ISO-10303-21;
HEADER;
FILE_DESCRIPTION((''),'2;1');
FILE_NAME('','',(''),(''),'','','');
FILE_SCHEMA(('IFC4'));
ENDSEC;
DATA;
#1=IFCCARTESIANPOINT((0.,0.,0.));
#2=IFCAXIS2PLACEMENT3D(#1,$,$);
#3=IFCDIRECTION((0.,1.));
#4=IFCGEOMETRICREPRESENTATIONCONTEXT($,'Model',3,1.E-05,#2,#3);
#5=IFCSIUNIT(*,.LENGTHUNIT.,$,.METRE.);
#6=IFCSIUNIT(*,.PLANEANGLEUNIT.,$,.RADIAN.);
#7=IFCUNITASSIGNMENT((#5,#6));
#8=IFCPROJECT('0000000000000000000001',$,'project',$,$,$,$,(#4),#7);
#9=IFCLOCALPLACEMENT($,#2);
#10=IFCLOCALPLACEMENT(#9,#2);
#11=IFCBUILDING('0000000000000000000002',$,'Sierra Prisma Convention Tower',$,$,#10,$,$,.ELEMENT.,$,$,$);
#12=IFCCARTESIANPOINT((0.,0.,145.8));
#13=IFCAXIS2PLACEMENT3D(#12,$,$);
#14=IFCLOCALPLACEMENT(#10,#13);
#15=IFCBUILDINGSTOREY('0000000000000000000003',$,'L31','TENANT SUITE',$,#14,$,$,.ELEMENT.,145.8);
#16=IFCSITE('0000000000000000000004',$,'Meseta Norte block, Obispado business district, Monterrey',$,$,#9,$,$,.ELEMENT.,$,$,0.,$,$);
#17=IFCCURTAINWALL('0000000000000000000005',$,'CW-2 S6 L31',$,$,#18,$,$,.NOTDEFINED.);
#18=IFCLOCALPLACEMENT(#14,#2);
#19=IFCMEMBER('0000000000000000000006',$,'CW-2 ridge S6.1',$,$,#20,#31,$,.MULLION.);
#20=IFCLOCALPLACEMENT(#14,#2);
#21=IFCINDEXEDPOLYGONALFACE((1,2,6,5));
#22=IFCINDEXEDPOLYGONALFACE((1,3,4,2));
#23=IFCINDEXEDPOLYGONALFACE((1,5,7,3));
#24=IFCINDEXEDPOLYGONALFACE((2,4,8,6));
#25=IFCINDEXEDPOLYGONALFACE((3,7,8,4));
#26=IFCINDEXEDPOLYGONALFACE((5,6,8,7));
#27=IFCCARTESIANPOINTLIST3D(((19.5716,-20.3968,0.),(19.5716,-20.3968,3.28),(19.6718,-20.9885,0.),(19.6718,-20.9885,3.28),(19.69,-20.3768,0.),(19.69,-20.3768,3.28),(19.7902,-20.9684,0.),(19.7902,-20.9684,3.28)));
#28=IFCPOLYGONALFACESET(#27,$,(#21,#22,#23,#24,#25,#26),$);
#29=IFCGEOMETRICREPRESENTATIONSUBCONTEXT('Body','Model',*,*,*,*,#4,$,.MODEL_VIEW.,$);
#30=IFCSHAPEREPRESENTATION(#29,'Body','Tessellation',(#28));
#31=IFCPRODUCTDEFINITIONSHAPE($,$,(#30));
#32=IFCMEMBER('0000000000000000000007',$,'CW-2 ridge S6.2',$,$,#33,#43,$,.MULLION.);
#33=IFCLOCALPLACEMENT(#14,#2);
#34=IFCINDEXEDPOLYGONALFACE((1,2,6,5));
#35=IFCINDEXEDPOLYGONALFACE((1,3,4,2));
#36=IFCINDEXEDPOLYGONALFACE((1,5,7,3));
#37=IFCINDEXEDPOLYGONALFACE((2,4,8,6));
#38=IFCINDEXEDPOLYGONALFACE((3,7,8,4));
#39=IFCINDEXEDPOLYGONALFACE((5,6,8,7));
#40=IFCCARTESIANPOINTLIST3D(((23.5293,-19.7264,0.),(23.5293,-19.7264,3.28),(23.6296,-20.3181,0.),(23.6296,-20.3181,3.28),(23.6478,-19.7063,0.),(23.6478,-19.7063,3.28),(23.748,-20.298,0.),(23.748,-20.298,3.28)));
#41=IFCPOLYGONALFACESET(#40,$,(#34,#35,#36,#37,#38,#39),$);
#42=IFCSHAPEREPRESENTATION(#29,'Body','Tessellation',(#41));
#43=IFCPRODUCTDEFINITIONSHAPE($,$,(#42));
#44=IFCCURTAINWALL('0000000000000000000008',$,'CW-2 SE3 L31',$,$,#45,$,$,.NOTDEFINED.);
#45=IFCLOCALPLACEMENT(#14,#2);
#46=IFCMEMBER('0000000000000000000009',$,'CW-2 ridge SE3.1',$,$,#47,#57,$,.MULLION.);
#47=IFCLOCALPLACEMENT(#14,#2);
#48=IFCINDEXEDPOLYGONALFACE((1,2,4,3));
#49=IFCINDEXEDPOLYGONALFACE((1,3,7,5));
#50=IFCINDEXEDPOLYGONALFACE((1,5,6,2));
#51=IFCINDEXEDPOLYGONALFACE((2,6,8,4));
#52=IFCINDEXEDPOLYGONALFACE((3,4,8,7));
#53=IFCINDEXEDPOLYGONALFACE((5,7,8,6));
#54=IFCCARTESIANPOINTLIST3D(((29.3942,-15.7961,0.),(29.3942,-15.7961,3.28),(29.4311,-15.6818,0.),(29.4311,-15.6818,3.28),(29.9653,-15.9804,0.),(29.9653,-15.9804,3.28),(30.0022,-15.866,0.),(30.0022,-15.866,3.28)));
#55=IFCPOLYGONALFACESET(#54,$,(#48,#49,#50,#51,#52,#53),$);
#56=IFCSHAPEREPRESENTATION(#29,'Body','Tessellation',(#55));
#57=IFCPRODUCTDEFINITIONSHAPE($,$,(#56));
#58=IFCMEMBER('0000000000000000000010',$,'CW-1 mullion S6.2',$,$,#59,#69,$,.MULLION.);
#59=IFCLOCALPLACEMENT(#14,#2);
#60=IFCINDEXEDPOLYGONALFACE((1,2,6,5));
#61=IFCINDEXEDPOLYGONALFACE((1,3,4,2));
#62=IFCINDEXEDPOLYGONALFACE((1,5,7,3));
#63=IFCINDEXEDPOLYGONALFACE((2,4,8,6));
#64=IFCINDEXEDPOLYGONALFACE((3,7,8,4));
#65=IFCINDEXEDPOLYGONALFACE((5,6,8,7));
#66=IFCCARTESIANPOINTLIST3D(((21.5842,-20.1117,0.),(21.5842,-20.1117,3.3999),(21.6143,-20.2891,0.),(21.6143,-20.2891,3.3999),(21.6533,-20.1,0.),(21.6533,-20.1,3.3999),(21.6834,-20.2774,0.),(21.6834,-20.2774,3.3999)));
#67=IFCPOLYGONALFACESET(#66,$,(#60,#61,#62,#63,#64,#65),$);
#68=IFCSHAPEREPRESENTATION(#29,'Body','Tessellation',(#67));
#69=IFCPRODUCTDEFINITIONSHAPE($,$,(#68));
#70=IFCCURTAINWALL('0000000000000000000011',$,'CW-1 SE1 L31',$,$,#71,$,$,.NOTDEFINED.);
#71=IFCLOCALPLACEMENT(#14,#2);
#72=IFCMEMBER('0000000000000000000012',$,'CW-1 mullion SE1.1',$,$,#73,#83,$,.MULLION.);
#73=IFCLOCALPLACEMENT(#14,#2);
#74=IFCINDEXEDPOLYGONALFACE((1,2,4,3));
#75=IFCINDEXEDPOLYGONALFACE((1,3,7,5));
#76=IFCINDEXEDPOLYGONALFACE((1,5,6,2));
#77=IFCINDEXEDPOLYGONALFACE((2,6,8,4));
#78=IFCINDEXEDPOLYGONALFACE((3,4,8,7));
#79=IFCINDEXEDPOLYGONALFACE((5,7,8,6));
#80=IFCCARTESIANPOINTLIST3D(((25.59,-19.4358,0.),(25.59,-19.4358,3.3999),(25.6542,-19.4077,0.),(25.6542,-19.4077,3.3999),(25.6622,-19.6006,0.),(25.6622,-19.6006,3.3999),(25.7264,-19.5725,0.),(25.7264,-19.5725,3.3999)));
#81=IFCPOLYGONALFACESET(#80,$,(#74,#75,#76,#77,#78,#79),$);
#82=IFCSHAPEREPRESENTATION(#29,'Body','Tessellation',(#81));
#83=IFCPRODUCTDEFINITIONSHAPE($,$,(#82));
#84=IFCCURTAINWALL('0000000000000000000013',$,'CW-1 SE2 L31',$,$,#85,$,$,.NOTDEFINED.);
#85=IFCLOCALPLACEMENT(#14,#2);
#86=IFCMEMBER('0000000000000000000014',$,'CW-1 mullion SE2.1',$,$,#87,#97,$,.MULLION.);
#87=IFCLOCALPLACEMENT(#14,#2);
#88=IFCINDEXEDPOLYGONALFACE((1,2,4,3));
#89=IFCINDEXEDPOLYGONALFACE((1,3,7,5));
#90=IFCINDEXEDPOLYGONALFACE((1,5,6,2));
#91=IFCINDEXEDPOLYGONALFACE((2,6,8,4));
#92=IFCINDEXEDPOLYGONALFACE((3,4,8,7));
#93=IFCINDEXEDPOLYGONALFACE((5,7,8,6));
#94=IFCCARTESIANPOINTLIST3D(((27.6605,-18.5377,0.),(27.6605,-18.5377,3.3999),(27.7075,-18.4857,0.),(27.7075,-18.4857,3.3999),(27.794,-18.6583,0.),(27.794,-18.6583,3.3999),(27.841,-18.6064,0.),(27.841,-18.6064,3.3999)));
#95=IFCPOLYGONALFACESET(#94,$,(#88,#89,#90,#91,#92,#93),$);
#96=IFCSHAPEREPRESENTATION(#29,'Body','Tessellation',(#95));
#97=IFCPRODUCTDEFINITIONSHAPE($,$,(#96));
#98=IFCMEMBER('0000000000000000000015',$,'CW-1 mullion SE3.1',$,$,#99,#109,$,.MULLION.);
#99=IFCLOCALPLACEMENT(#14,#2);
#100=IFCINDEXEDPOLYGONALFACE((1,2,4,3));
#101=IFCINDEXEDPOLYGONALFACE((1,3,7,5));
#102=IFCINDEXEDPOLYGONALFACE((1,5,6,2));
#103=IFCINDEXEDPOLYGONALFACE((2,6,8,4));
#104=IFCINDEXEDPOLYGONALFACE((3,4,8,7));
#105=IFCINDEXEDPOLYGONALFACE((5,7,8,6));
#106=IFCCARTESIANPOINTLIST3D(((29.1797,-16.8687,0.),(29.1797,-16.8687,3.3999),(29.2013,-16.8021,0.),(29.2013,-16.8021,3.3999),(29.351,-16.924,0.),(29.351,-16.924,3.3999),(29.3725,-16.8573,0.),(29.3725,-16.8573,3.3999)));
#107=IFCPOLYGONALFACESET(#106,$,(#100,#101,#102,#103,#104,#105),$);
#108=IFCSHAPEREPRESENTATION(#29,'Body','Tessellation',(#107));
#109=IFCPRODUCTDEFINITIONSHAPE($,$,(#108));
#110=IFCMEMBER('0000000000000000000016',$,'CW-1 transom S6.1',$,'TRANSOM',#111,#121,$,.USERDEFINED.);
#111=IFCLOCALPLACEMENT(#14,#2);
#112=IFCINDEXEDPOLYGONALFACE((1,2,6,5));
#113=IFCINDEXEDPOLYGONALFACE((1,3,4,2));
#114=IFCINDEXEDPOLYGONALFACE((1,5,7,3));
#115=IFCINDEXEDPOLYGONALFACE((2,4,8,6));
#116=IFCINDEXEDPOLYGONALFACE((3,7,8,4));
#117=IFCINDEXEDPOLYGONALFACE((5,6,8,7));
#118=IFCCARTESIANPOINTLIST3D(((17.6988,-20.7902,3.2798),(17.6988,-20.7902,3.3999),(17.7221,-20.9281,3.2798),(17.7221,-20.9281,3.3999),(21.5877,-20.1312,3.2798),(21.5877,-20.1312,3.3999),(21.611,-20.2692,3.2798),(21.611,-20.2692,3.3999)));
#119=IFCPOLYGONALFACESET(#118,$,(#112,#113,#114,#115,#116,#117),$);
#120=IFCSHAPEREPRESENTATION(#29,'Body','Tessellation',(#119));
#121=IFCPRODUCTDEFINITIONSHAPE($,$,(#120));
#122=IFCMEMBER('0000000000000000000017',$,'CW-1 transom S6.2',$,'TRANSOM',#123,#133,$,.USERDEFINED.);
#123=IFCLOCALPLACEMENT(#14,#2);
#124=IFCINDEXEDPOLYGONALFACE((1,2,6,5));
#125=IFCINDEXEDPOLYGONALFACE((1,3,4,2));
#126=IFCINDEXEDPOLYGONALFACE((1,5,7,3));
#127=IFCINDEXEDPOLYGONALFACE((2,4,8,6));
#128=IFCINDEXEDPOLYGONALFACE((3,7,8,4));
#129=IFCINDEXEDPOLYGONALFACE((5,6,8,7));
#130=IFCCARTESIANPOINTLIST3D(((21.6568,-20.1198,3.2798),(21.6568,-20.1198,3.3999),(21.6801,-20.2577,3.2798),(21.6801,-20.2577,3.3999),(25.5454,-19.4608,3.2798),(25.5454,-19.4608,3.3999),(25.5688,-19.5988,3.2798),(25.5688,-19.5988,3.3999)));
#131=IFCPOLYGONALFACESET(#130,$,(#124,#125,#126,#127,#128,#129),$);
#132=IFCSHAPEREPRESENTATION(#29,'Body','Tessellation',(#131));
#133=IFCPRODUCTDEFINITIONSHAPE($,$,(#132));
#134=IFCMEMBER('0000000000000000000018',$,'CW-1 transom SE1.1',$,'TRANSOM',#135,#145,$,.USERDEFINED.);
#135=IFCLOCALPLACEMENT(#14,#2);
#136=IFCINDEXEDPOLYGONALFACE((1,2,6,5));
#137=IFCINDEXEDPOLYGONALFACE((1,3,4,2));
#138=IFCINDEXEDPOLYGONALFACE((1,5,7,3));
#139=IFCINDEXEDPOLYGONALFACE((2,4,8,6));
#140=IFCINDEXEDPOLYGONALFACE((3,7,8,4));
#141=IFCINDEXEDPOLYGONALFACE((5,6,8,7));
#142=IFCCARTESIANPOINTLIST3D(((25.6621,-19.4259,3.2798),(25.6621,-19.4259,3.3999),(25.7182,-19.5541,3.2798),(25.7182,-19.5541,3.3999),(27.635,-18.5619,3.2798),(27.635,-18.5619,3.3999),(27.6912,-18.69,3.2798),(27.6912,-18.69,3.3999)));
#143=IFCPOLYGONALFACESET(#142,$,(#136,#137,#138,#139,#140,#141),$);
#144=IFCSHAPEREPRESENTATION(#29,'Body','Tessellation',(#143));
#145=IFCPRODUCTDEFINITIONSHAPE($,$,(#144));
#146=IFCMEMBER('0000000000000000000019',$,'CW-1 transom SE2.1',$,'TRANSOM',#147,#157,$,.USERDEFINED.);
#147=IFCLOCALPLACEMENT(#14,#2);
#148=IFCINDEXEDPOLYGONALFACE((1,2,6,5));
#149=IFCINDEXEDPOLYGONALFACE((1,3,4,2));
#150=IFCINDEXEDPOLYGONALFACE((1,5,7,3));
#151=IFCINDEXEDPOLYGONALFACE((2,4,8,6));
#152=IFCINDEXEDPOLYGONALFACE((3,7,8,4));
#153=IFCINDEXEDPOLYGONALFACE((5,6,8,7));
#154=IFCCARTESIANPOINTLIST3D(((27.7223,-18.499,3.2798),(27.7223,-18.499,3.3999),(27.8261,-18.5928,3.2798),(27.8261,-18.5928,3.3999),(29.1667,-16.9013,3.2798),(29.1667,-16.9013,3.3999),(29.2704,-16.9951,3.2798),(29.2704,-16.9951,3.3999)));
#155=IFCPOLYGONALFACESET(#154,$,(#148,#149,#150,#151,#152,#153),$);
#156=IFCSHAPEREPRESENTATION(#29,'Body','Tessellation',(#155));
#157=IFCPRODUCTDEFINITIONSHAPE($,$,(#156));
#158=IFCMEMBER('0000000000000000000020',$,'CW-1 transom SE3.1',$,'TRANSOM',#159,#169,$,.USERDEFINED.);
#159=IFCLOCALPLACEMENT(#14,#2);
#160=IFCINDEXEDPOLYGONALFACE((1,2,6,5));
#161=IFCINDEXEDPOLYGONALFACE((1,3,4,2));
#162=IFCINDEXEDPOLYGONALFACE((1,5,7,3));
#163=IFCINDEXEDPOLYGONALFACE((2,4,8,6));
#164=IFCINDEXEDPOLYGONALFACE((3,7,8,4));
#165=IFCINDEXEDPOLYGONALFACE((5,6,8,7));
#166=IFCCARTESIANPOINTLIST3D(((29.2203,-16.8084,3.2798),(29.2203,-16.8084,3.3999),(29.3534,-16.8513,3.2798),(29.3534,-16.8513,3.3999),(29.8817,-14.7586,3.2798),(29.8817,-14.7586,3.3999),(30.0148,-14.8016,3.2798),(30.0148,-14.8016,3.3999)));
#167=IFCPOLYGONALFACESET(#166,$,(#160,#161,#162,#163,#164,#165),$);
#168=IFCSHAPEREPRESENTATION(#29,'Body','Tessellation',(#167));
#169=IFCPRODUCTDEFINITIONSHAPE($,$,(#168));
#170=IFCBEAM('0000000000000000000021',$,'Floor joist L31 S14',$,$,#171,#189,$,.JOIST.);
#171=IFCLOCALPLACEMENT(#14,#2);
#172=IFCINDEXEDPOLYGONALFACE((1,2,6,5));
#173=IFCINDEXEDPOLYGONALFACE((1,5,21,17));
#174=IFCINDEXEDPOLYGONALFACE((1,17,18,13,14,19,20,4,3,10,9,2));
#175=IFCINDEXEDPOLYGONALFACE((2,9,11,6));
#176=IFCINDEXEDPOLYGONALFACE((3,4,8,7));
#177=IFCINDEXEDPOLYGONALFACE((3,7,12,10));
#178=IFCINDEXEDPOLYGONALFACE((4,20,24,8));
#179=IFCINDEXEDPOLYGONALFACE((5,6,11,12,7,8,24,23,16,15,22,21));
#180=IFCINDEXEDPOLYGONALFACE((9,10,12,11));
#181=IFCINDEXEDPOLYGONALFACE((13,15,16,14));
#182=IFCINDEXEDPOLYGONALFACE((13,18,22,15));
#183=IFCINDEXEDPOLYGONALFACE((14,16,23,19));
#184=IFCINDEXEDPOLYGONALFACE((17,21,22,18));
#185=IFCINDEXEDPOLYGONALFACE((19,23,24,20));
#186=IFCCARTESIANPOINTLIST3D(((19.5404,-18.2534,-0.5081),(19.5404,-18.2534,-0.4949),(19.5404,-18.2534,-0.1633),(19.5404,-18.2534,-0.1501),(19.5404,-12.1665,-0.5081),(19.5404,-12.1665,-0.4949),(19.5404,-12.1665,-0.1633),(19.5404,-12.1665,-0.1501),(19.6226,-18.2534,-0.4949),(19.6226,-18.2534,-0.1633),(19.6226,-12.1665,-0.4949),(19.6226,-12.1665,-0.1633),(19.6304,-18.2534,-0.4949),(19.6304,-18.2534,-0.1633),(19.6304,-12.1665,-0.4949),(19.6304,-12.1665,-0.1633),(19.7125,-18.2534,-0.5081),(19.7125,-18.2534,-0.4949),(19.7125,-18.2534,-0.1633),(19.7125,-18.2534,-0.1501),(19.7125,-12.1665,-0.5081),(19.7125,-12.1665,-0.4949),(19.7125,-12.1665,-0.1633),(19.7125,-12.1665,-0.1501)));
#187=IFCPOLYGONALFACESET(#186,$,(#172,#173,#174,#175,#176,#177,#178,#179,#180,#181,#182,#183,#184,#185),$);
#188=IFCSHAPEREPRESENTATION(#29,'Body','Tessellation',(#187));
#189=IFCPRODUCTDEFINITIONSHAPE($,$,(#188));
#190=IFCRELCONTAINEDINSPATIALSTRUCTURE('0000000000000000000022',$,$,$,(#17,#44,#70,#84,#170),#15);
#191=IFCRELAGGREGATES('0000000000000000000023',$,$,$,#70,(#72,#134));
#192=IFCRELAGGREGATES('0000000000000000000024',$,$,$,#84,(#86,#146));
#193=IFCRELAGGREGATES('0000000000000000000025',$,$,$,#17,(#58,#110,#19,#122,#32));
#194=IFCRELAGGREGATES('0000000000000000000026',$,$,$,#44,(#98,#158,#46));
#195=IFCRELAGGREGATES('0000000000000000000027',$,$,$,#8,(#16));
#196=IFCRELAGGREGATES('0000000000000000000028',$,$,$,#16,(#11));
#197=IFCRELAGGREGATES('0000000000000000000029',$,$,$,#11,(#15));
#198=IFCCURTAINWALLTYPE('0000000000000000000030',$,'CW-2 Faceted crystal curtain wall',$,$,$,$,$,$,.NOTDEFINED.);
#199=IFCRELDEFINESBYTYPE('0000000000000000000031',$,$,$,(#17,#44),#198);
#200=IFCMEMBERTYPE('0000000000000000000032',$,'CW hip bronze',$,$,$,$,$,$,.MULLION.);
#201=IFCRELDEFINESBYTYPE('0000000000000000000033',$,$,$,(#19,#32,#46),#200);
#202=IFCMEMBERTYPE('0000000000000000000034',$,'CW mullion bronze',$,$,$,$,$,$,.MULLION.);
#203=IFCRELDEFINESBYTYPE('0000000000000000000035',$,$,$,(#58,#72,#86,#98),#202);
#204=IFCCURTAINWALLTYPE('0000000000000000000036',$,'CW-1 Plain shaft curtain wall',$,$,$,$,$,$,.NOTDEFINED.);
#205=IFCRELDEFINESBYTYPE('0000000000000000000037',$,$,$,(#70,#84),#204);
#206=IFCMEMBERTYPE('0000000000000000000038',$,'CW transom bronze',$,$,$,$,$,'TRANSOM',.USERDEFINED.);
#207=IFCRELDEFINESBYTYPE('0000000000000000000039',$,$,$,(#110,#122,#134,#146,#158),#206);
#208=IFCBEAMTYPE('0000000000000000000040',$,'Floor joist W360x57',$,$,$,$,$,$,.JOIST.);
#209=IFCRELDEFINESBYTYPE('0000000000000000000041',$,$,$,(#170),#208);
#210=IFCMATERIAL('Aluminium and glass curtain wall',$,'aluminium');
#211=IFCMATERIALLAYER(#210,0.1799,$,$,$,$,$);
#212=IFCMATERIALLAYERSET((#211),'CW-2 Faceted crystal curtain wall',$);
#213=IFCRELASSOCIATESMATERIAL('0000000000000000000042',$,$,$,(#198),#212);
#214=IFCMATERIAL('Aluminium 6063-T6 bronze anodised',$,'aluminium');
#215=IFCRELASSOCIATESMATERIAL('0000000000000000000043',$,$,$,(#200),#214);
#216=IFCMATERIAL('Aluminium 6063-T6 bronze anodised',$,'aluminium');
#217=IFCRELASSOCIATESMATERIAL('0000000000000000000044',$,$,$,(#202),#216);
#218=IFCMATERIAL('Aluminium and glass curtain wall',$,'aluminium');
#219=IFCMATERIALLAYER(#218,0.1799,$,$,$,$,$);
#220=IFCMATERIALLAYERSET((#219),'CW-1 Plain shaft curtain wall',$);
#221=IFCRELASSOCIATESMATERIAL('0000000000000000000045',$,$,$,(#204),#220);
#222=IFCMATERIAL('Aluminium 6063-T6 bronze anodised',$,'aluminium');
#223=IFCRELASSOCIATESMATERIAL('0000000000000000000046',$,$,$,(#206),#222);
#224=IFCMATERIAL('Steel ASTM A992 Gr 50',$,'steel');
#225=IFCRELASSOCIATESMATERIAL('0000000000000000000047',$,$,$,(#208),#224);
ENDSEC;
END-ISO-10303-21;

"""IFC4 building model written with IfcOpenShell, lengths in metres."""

from ifc_helpers import new_model, si_unit, direction, frame, origin, origin_2d, place, context, subcontext, project, spatial, rectangle, i_section, extrude, material, layer, layer_set, material_profile, profile_set, type_object, element, aggregate, save


model = new_model("IFC4")

# Units and contexts
model_context = context("Model", 3, precision=1e-05, world=origin(), true_north=direction((0.0, 1.0)))
body_context = subcontext(model_context, "Body", "Model", "MODEL_VIEW")
ifc_project = project(units=[si_unit("LENGTHUNIT", "METRE"), si_unit("PLANEANGLEUNIT", "RADIAN")], contexts=[model_context])

# Site, building, storey
site_placement = place(None, origin())
site = spatial("IfcSite", under=ifc_project, at=site_placement, Name="Meseta Norte block, Obispado business district, Monterrey", CompositionType="ELEMENT", RefElevation=0.0)
building_placement = place(site_placement, origin())
building = spatial("IfcBuilding", under=site, at=building_placement, Name="Sierra Prisma Convention Tower", CompositionType="ELEMENT")
storey_placement = place(building_placement, frame((0.0, 0.0, 145.8)))
storey = spatial("IfcBuildingStorey", under=building, at=storey_placement, Name="L31", Description="TENANT SUITE", CompositionType="ELEMENT", Elevation=145.8)

# Curtain wall, members
ifc_material_1 = material(Name="Aluminium and glass curtain wall", Category="aluminium")
ifc_layer_1 = layer(ifc_material_1, 0.1799)
ifc_layer_set_1 = layer_set([ifc_layer_1], Name="CW-2 Faceted crystal curtain wall")
curtain_wall_type_1 = type_object("IfcCurtainWallType", Name="CW-2 Faceted crystal curtain wall", PredefinedType="NOTDEFINED", material=ifc_layer_set_1)
curtain_wall_1_placement = place(storey_placement, origin())
curtain_wall_1 = element("IfcCurtainWall", 1, at=curtain_wall_1_placement, inside=storey, type_object=curtain_wall_type_1, Name="CW-2 S6 L31", PredefinedType="NOTDEFINED")
ifc_material_2 = material(Name="Aluminium 6063-T6 bronze anodised", Category="aluminium")
ifc_material_profile_1 = material_profile(ifc_material_2, rectangle(XDim=0.1201, YDim=0.6001, at=origin_2d()), Name="ALU RIDGE BLADE 120x600")
ifc_profile_set_1 = profile_set([ifc_material_profile_1], Name="Aluminium 6063-T6 bronze anodised")
member_type_1 = type_object("IfcMemberType", Name="CW hip bronze", PredefinedType="MULLION", material=ifc_profile_set_1)
member_1_placement = place(storey_placement, frame((19.6809, -20.6826, 0.0), z_axis=(0.0, 0.0, 1.0), x_axis=(0.985952, 0.167027, 0.0)))
member_1 = element("IfcMember", 2, at=member_1_placement, type_object=member_type_1, Name="CW-2 ridge S6.1", PredefinedType="MULLION", context=body_context, shape_type="SweptSolid", body=[
    extrude(rectangle(XDim=0.1201, YDim=0.6001, at=origin_2d()), origin(), (0.0, 0.0, 1.0), 3.28),
])
member_2_placement = place(storey_placement, frame((23.6387, -20.0122, 0.0), z_axis=(0.0, 0.0, 1.0), x_axis=(0.985952, 0.167027, 0.0)))
member_2 = element("IfcMember", 3, at=member_2_placement, type_object=member_type_1, Name="CW-2 ridge S6.2", PredefinedType="MULLION", context=body_context, shape_type="SweptSolid", body=[
    extrude(rectangle(XDim=0.1201, YDim=0.6001, at=origin_2d()), origin(), (0.0, 0.0, 1.0), 3.28),
])

# Curtain wall, member
curtain_wall_2_placement = place(storey_placement, origin())
curtain_wall_2 = element("IfcCurtainWall", 4, at=curtain_wall_2_placement, inside=storey, type_object=curtain_wall_type_1, Name="CW-2 SE3 L31", PredefinedType="NOTDEFINED")
member_3_placement = place(storey_placement, frame((29.6982, -15.8311, 0.0), z_axis=(0.0, 0.0, 1.0), x_axis=(0.307099, 0.951677, 0.0)))
member_3 = element("IfcMember", 5, at=member_3_placement, type_object=member_type_1, Name="CW-2 ridge SE3.1", PredefinedType="MULLION", context=body_context, shape_type="SweptSolid", body=[
    extrude(rectangle(XDim=0.1201, YDim=0.6001, at=origin_2d()), origin(), (0.0, 0.0, 1.0), 3.28),
])

# Member
ifc_material_3 = material(Name="Aluminium 6063-T6 bronze anodised", Category="aluminium")
ifc_material_profile_2 = material_profile(ifc_material_3, rectangle(XDim=0.1799, YDim=0.0701, at=origin_2d()), Name="ALU MULLION 70x180")
ifc_profile_set_2 = profile_set([ifc_material_profile_2], Name="Aluminium 6063-T6 bronze anodised")
member_type_2 = type_object("IfcMemberType", Name="CW mullion bronze", PredefinedType="MULLION", material=ifc_profile_set_2)
member_4_placement = place(storey_placement, frame((21.6338, -20.1946, 0.0), z_axis=(0.0, 0.0, 1.0), x_axis=(-0.167027, 0.985952, 0.0)))
member_4 = element("IfcMember", 6, at=member_4_placement, type_object=member_type_2, Name="CW-1 mullion S6.2", PredefinedType="MULLION", context=body_context, shape_type="SweptSolid", body=[
    extrude(rectangle(XDim=0.1799, YDim=0.0701, at=origin_2d()), origin(), (0.0, 0.0, 1.0), 3.3999),
])

# Curtain walls, members
ifc_material_4 = material(Name="Aluminium and glass curtain wall", Category="aluminium")
ifc_layer_2 = layer(ifc_material_4, 0.1799)
ifc_layer_set_2 = layer_set([ifc_layer_2], Name="CW-1 Plain shaft curtain wall")
curtain_wall_type_2 = type_object("IfcCurtainWallType", Name="CW-1 Plain shaft curtain wall", PredefinedType="NOTDEFINED", material=ifc_layer_set_2)
curtain_wall_3_placement = place(storey_placement, origin())
curtain_wall_3 = element("IfcCurtainWall", 7, at=curtain_wall_3_placement, inside=storey, type_object=curtain_wall_type_2, Name="CW-1 SE1 L31", PredefinedType="NOTDEFINED")
member_5_placement = place(storey_placement, frame((25.6582, -19.5042, 0.0), z_axis=(0.0, 0.0, 1.0), x_axis=(-0.401205, 0.915988, 0.0)))
member_5 = element("IfcMember", 8, at=member_5_placement, type_object=member_type_2, Name="CW-1 mullion SE1.1", PredefinedType="MULLION", context=body_context, shape_type="SweptSolid", body=[
    extrude(rectangle(XDim=0.1799, YDim=0.0701, at=origin_2d()), origin(), (0.0, 0.0, 1.0), 3.3999),
])
curtain_wall_4_placement = place(storey_placement, origin())
curtain_wall_4 = element("IfcCurtainWall", 9, at=curtain_wall_4_placement, inside=storey, type_object=curtain_wall_type_2, Name="CW-1 SE2 L31", PredefinedType="NOTDEFINED")
member_6_placement = place(storey_placement, frame((27.7507, -18.572, 0.0), z_axis=(0.0, 0.0, 1.0), x_axis=(-0.741795, 0.670627, 0.0)))
member_6 = element("IfcMember", 10, at=member_6_placement, type_object=member_type_2, Name="CW-1 mullion SE2.1", PredefinedType="MULLION", context=body_context, shape_type="SweptSolid", body=[
    extrude(rectangle(XDim=0.1799, YDim=0.0701, at=origin_2d()), origin(), (0.0, 0.0, 1.0), 3.3999),
])

# Members
member_7_placement = place(storey_placement, frame((29.2761, -16.863, 0.0), z_axis=(0.0, 0.0, 1.0), x_axis=(-0.951677, 0.307099, 0.0)))
member_7 = element("IfcMember", 11, at=member_7_placement, type_object=member_type_2, Name="CW-1 mullion SE3.1", PredefinedType="MULLION", context=body_context, shape_type="SweptSolid", body=[
    extrude(rectangle(XDim=0.1799, YDim=0.0701, at=origin_2d()), origin(), (0.0, 0.0, 1.0), 3.3999),
])
ifc_material_5 = material(Name="Aluminium 6063-T6 bronze anodised", Category="aluminium")
ifc_material_profile_3 = material_profile(ifc_material_5, rectangle(XDim=0.1399, YDim=0.1201, at=origin_2d()), Name="ALU TRANSOM 120x140")
ifc_profile_set_3 = profile_set([ifc_material_profile_3], Name="Aluminium 6063-T6 bronze anodised")
member_type_3 = type_object("IfcMemberType", Name="CW transom bronze", ElementType="TRANSOM", PredefinedType="USERDEFINED", material=ifc_profile_set_3)
member_8_placement = place(storey_placement, frame((17.7104, -20.8591, 3.3398), z_axis=(0.985947, 0.167058, 0.0), x_axis=(-0.167058, 0.985947, 0.0)))
member_8 = element("IfcMember", 12, at=member_8_placement, type_object=member_type_3, Name="CW-1 transom S6.1", ObjectType="TRANSOM", PredefinedType="USERDEFINED", context=body_context, shape_type="SweptSolid", body=[
    extrude(rectangle(XDim=0.1399, YDim=0.1201, at=origin_2d()), origin(), (0.0, 0.0, 1.0), 3.9443),
])
member_9_placement = place(storey_placement, frame((21.6685, -20.1887, 3.3398), z_axis=(0.985945, 0.167068, 0.0), x_axis=(-0.167068, 0.985945, 0.0)))
member_9 = element("IfcMember", 13, at=member_9_placement, type_object=member_type_3, Name="CW-1 transom S6.2", ObjectType="TRANSOM", PredefinedType="USERDEFINED", context=body_context, shape_type="SweptSolid", body=[
    extrude(rectangle(XDim=0.1399, YDim=0.1201, at=origin_2d()), origin(), (0.0, 0.0, 1.0), 3.9441),
])
member_10_placement = place(storey_placement, frame((25.6902, -19.49, 3.3398), z_axis=(0.916009, 0.401158, 0.0), x_axis=(-0.401158, 0.916009, 0.0)))
member_10 = element("IfcMember", 14, at=member_10_placement, type_object=member_type_3, Name="CW-1 transom SE1.1", ObjectType="TRANSOM", PredefinedType="USERDEFINED", context=body_context, shape_type="SweptSolid", body=[
    extrude(rectangle(XDim=0.1399, YDim=0.1201, at=origin_2d()), origin(), (0.0, 0.0, 1.0), 2.1538),
])
member_11_placement = place(storey_placement, frame((27.7742, -18.5459, 3.3398), z_axis=(0.670616, 0.741804, 0.0), x_axis=(-0.741804, 0.670616, 0.0)))
member_11 = element("IfcMember", 15, at=member_11_placement, type_object=member_type_3, Name="CW-1 transom SE2.1", ObjectType="TRANSOM", PredefinedType="USERDEFINED", context=body_context, shape_type="SweptSolid", body=[
    extrude(rectangle(XDim=0.1399, YDim=0.1201, at=origin_2d()), origin(), (0.0, 0.0, 1.0), 2.1538),
])
member_12_placement = place(storey_placement, frame((29.2869, -16.8298, 3.3398), z_axis=(0.307066, 0.951688, 0.0), x_axis=(-0.951688, 0.307066, 0.0)))
member_12 = element("IfcMember", 16, at=member_12_placement, type_object=member_type_3, Name="CW-1 transom SE3.1", ObjectType="TRANSOM", PredefinedType="USERDEFINED", context=body_context, shape_type="SweptSolid", body=[
    extrude(rectangle(XDim=0.1399, YDim=0.1201, at=origin_2d()), origin(), (0.0, 0.0, 1.0), 2.1538),
])

# Beam
ifc_material_6 = material(Name="Steel ASTM A992 Gr 50", Category="steel")
ifc_material_profile_4 = material_profile(ifc_material_6, i_section(OverallWidth=0.1721, OverallDepth=0.3579, WebThickness=0.0078, FlangeThickness=0.0132, at=origin_2d()), Name="W360x57")
ifc_profile_set_4 = profile_set([ifc_material_profile_4], Name="Steel ASTM A992 Gr 50")
beam_type_1 = type_object("IfcBeamType", Name="Floor joist W360x57", PredefinedType="JOIST", material=ifc_profile_set_4)
beam_1_placement = place(storey_placement, frame((19.6265, -18.2534, -0.3291), z_axis=(0.0, 1.0, 0.0), x_axis=(-1.0, 0.0, 0.0)))
element("IfcBeam", 17, at=beam_1_placement, inside=storey, type_object=beam_type_1, Name="Floor joist L31 S14", PredefinedType="JOIST", context=body_context, shape_type="SweptSolid", body=[
    extrude(i_section(OverallWidth=0.1721, OverallDepth=0.3579, WebThickness=0.0078, FlangeThickness=0.0132, at=origin_2d()), origin(), (0.0, 0.0, 1.0), 6.0869),
])

aggregate(curtain_wall_3, [member_5, member_10])
aggregate(curtain_wall_4, [member_6, member_11])
aggregate(curtain_wall_1, [member_4, member_8, member_1, member_9, member_2])
aggregate(curtain_wall_2, [member_7, member_12, member_3])

save(model, "model.ifc")
